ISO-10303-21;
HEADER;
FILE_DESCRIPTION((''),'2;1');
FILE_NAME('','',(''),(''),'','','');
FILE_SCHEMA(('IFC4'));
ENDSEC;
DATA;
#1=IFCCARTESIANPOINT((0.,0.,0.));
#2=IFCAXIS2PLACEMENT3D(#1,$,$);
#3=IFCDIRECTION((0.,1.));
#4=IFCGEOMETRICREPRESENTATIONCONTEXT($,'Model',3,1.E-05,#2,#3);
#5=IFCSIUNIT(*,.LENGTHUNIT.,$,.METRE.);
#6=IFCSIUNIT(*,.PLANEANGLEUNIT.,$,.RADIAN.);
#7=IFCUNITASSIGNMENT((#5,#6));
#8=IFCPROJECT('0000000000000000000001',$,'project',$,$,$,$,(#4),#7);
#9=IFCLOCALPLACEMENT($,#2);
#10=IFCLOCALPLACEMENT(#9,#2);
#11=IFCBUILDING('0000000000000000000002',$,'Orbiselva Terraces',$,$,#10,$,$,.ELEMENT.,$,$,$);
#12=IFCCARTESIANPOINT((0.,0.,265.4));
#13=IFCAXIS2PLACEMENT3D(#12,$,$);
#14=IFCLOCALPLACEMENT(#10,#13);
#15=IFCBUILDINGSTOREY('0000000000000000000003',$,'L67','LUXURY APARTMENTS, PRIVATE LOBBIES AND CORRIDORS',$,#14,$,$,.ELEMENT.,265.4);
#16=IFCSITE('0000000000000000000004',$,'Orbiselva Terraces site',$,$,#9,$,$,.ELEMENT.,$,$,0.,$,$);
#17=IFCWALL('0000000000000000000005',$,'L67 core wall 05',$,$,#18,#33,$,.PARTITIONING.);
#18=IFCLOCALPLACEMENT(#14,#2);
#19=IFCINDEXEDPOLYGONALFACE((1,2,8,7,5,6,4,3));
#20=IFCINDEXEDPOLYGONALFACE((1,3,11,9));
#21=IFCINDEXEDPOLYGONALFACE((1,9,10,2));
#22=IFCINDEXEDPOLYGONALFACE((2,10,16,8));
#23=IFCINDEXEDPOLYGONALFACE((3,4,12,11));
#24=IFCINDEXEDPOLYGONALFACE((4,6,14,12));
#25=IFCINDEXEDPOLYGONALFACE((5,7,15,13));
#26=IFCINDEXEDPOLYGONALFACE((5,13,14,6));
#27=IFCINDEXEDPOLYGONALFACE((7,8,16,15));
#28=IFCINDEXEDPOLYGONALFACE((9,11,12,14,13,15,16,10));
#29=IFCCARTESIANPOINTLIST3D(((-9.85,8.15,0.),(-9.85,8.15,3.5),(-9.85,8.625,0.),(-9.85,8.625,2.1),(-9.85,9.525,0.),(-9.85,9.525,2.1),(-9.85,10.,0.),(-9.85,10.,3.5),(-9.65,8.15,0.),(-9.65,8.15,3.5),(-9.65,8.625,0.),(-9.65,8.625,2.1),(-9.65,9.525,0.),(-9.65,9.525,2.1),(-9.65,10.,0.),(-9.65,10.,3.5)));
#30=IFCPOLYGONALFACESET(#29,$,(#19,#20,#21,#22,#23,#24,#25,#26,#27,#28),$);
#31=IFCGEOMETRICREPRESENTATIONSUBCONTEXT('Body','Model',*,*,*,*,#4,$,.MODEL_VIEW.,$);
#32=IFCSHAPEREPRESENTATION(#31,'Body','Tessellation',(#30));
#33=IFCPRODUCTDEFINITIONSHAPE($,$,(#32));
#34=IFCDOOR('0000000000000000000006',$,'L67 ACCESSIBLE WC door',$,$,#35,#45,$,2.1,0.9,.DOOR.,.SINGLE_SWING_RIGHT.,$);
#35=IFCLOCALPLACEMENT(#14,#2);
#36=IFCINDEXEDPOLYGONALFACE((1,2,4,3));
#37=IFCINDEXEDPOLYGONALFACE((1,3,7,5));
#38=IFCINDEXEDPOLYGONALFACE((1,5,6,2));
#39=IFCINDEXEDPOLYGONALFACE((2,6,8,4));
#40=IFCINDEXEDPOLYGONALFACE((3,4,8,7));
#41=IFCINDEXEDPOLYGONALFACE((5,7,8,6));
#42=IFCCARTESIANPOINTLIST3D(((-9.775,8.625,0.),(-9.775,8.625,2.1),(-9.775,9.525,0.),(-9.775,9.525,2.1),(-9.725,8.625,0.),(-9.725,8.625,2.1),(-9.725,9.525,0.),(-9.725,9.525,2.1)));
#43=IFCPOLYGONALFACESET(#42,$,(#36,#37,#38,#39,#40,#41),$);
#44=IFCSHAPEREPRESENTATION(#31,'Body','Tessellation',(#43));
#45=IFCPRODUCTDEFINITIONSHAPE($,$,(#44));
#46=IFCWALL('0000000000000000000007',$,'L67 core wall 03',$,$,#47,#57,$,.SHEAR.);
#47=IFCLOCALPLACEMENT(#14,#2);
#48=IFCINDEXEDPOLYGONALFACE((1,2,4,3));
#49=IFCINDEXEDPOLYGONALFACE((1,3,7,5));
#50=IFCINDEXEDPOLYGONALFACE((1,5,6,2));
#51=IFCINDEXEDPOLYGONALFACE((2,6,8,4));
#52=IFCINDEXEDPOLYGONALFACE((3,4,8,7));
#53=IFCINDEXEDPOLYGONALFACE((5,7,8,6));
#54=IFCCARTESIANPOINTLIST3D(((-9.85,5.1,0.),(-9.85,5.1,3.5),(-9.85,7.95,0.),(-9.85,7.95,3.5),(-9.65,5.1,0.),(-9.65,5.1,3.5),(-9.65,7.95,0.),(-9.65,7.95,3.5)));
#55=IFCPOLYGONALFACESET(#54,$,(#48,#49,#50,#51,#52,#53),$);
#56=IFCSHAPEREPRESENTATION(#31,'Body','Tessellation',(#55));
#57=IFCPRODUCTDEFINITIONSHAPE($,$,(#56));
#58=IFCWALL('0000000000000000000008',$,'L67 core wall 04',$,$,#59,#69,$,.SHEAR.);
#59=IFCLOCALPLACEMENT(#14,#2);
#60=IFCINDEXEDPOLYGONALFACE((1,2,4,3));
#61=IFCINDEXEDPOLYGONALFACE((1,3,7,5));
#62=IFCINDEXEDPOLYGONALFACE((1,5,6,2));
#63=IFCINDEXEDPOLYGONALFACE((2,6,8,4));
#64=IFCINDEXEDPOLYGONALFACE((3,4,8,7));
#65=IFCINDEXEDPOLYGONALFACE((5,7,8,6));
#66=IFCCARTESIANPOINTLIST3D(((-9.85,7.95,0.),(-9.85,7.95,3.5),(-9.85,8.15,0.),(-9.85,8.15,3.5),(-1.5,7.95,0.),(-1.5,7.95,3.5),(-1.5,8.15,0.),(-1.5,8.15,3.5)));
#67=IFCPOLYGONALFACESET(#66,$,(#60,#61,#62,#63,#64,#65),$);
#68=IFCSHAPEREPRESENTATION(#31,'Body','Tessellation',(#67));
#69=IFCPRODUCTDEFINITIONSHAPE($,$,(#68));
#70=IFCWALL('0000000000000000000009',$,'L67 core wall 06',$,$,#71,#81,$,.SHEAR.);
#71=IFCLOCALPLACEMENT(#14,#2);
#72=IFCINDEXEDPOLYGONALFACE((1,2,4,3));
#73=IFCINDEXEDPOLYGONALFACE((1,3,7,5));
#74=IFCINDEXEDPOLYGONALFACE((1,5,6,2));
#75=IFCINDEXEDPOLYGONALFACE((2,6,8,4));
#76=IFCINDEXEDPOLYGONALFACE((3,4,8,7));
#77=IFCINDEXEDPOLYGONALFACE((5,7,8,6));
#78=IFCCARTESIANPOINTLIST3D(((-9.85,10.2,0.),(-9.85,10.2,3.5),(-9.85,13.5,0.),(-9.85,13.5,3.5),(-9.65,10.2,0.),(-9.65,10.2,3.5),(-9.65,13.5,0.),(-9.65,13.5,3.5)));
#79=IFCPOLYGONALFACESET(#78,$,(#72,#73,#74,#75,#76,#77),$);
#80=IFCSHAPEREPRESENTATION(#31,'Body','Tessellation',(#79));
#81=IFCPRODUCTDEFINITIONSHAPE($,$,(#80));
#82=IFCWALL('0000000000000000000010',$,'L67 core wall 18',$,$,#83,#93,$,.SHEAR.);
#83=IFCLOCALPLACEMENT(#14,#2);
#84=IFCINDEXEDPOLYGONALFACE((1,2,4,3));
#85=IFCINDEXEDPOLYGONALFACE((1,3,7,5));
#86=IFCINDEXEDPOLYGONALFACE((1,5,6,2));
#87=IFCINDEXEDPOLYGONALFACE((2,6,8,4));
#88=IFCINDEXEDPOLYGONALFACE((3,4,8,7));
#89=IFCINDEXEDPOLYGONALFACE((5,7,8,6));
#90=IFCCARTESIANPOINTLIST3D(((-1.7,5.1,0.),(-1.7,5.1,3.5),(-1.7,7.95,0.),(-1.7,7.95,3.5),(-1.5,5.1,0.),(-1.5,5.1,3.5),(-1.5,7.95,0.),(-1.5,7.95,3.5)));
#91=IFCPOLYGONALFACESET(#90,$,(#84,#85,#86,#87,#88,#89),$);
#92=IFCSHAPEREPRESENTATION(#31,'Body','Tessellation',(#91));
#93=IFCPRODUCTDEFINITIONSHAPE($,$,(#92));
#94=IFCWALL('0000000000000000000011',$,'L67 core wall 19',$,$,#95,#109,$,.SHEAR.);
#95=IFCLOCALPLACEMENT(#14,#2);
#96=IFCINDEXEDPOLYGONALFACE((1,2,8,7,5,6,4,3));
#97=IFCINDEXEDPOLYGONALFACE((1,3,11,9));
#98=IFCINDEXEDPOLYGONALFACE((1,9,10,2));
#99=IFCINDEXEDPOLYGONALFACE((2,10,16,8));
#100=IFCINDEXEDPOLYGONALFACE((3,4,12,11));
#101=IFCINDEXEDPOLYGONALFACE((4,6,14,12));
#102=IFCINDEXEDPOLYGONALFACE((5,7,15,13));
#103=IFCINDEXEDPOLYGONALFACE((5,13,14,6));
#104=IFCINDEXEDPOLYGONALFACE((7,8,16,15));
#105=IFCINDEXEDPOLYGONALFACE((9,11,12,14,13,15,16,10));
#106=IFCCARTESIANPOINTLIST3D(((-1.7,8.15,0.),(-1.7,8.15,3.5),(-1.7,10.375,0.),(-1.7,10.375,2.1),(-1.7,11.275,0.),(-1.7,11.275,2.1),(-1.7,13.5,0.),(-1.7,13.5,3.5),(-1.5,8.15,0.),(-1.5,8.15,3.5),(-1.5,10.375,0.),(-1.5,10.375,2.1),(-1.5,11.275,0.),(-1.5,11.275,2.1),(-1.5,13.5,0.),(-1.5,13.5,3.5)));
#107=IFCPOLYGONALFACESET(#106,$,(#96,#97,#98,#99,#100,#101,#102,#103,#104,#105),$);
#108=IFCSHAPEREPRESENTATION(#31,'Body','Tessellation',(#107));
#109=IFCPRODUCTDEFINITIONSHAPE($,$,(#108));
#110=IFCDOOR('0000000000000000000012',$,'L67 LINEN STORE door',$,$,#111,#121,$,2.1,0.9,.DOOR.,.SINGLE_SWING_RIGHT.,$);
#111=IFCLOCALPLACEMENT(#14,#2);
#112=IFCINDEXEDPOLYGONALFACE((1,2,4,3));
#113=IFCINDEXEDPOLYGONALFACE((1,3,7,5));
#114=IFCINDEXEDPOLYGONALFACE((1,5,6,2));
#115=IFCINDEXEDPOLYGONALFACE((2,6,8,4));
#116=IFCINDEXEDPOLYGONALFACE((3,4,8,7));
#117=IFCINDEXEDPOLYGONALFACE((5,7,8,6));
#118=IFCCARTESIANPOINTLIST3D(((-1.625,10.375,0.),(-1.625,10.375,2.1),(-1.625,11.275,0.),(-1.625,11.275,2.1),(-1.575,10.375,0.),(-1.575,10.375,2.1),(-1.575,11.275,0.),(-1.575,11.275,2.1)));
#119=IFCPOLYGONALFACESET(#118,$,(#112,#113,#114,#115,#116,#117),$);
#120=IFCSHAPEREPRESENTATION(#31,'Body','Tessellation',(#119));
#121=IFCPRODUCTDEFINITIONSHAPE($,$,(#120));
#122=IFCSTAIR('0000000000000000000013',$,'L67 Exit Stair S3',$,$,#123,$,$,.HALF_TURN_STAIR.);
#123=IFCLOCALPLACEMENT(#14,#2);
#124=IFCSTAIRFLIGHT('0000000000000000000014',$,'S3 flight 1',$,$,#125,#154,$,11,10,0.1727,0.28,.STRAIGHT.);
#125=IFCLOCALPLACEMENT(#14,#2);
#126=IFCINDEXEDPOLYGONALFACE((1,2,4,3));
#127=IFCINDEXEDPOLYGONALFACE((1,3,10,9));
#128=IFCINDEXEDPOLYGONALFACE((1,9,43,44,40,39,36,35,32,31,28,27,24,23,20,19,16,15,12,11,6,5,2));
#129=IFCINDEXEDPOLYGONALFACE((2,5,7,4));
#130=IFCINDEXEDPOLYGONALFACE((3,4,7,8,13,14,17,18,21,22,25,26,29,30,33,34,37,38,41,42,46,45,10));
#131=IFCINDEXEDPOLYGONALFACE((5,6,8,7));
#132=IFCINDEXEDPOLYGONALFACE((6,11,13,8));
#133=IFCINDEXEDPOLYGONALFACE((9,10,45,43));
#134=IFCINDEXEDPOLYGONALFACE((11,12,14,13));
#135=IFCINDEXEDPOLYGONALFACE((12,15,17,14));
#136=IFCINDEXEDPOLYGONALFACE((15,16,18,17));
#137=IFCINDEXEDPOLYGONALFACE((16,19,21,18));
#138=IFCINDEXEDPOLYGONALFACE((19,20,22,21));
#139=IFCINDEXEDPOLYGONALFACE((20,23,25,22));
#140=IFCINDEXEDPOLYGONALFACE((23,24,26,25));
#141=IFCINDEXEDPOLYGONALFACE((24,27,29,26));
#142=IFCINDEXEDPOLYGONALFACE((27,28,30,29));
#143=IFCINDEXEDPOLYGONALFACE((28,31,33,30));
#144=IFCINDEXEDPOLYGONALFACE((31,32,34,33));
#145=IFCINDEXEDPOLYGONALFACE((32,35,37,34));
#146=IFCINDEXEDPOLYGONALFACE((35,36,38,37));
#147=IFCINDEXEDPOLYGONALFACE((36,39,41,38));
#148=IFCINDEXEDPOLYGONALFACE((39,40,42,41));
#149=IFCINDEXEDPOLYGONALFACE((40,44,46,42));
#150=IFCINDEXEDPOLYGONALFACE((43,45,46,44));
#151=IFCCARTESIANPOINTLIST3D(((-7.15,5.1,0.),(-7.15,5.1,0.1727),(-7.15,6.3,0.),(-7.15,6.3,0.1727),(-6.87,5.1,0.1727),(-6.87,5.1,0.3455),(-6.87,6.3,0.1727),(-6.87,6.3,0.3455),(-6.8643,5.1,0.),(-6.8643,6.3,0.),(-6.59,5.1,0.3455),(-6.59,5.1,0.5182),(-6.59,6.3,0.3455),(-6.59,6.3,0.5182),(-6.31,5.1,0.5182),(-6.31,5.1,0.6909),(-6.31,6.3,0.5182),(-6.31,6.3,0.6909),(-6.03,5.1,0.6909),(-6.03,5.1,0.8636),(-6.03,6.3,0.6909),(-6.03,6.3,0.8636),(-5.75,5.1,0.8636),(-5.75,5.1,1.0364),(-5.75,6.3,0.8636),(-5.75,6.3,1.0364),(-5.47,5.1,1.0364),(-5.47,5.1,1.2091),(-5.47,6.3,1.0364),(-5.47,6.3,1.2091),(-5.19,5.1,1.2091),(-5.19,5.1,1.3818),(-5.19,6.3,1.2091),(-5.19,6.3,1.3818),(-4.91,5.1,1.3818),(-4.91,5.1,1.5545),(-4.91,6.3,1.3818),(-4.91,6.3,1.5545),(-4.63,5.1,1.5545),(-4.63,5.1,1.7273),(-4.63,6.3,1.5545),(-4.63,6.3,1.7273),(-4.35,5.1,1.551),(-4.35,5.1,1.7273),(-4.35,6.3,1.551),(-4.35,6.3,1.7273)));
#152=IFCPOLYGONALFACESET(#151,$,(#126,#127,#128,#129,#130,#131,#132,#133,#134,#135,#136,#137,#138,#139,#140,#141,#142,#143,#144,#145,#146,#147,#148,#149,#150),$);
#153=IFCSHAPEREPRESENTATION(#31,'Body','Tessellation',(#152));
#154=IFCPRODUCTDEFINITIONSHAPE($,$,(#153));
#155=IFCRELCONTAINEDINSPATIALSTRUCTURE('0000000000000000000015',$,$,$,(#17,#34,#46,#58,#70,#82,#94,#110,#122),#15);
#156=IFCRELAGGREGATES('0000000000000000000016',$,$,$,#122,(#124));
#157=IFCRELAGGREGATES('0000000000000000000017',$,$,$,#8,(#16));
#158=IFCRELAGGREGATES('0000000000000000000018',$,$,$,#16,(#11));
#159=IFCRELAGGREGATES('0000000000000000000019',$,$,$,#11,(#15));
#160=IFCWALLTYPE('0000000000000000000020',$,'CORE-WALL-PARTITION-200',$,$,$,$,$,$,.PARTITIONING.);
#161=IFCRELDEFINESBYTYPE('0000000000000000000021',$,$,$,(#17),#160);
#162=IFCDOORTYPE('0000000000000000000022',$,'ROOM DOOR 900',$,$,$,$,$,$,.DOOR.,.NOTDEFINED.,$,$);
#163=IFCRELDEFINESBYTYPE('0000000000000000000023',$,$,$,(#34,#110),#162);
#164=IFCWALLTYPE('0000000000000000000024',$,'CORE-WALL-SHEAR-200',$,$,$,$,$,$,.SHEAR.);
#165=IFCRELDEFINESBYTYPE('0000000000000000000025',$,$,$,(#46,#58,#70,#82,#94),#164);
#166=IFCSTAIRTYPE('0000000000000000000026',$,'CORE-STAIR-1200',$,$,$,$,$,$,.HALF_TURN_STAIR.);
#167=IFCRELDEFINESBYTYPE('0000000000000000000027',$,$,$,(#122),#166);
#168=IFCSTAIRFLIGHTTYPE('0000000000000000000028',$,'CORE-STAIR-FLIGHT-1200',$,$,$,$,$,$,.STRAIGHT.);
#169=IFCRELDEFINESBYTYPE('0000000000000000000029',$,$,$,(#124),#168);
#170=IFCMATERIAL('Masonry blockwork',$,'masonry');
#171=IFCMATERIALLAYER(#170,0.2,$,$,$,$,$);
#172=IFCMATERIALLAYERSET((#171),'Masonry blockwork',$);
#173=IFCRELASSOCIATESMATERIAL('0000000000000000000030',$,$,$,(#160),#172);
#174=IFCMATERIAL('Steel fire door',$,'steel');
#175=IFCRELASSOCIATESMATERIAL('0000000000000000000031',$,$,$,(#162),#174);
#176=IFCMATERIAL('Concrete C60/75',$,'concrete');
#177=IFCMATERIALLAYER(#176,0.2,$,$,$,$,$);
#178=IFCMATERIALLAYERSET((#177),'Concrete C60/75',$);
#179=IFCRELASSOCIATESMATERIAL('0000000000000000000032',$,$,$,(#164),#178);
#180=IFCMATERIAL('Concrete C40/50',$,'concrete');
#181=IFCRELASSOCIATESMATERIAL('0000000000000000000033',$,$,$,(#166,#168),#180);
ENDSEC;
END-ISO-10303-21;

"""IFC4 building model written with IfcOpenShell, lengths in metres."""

from ifc_helpers import new_model, si_unit, direction, frame, frame_2d, origin, place, context, subcontext, project, spatial, polyline, rectangle, outline, extrude, material, layer, layer_set, type_object, element, fill, aggregate, save


model = new_model("IFC4")

# Units and contexts
model_context = context("Model", 3, precision=1e-05, world=origin(), true_north=direction((0.0, 1.0)))
body_context = subcontext(model_context, "Body", "Model", "MODEL_VIEW")
ifc_project = project(units=[si_unit("LENGTHUNIT", "METRE"), si_unit("PLANEANGLEUNIT", "RADIAN")], contexts=[model_context])

# Site, building, storey
site_placement = place(None, origin())
site = spatial("IfcSite", under=ifc_project, at=site_placement, Name="Orbiselva Terraces site", CompositionType="ELEMENT", RefElevation=0.0)
building_placement = place(site_placement, origin())
building = spatial("IfcBuilding", under=site, at=building_placement, Name="Orbiselva Terraces", CompositionType="ELEMENT")
storey_placement = place(building_placement, frame((0.0, 0.0, 265.4)))
storey = spatial("IfcBuildingStorey", under=building, at=storey_placement, Name="L67", Description="LUXURY APARTMENTS, PRIVATE LOBBIES AND CORRIDORS", CompositionType="ELEMENT", Elevation=265.4)

# Wall, opening, door
ifc_material_1 = material(Name="Masonry blockwork", Category="masonry")
ifc_layer_1 = layer(ifc_material_1, 0.2)
ifc_layer_set_1 = layer_set([ifc_layer_1], Name="Masonry blockwork")
wall_type_1 = type_object("IfcWallType", Name="CORE-WALL-PARTITION-200", PredefinedType="PARTITIONING", material=ifc_layer_set_1)
wall_1_placement = place(storey_placement, frame((-9.75, 8.15, 0.0), z_axis=(0.0, 0.0, 1.0), x_axis=(0.0, 1.0, 0.0)))
wall_1 = element("IfcWall", 1, at=wall_1_placement, inside=storey, type_object=wall_type_1, Name="L67 core wall 05", PredefinedType="PARTITIONING", context=body_context, shape_type="SweptSolid", body=[
    extrude(rectangle(XDim=1.85, YDim=0.2, at=frame_2d((0.925, 0.0))), origin(), (0.0, 0.0, 1.0), 3.5),
])
opening_1_placement = place(wall_1_placement, frame((0.475, 0.0, 0.0)))
opening_1 = element("IfcOpeningElement", 2, at=opening_1_placement, cuts=wall_1, PredefinedType="OPENING", context=body_context, shape_type="SweptSolid", body=[
    extrude(rectangle(XDim=0.9, YDim=2.1, at=frame_2d((0.45, 1.05))), frame((0.0, 0.11, 0.0), z_axis=(0.0, -1.0, 0.0), x_axis=(1.0, 0.0, 0.0)), (0.0, 0.0, 1.0), 0.22),
])
ifc_material_2 = material(Name="Steel fire door", Category="steel")
door_type = type_object("IfcDoorType", Name="ROOM DOOR 900", OperationType="NOTDEFINED", PredefinedType="DOOR", material=ifc_material_2)
door_1_placement = place(opening_1_placement, origin())
door_1 = element("IfcDoor", 3, at=door_1_placement, inside=storey, type_object=door_type, Name="L67 ACCESSIBLE WC door", OperationType="SINGLE_SWING_RIGHT", OverallHeight=2.1, OverallWidth=0.9, PredefinedType="DOOR", context=body_context, shape_type="SweptSolid", body=[
    extrude(rectangle(XDim=0.9, YDim=2.1, at=frame_2d((0.45, 1.05))), frame((0.0, 0.025, 0.0), z_axis=(0.0, -1.0, 0.0), x_axis=(1.0, 0.0, 0.0)), (0.0, 0.0, 1.0), 0.05),
])
fill(opening_1, door_1)

# Walls
ifc_material_3 = material(Name="Concrete C60/75", Category="concrete")
ifc_layer_2 = layer(ifc_material_3, 0.2)
ifc_layer_set_2 = layer_set([ifc_layer_2], Name="Concrete C60/75")
wall_type_2 = type_object("IfcWallType", Name="CORE-WALL-SHEAR-200", PredefinedType="SHEAR", material=ifc_layer_set_2)
wall_2_placement = place(storey_placement, frame((-9.75, 5.1, 0.0), z_axis=(0.0, 0.0, 1.0), x_axis=(0.0, 1.0, 0.0)))
element("IfcWall", 4, at=wall_2_placement, inside=storey, type_object=wall_type_2, Name="L67 core wall 03", PredefinedType="SHEAR", context=body_context, shape_type="SweptSolid", body=[
    extrude(rectangle(XDim=2.85, YDim=0.2, at=frame_2d((1.425, 0.0))), origin(), (0.0, 0.0, 1.0), 3.5),
])
wall_3_placement = place(storey_placement, frame((-9.85, 8.05, 0.0), z_axis=(0.0, 0.0, 1.0), x_axis=(1.0, 0.0, 0.0)))
element("IfcWall", 5, at=wall_3_placement, inside=storey, type_object=wall_type_2, Name="L67 core wall 04", PredefinedType="SHEAR", context=body_context, shape_type="SweptSolid", body=[
    extrude(rectangle(XDim=8.35, YDim=0.2, at=frame_2d((4.175, 0.0))), origin(), (0.0, 0.0, 1.0), 3.5),
])
wall_4_placement = place(storey_placement, frame((-9.75, 10.2, 0.0), z_axis=(0.0, 0.0, 1.0), x_axis=(0.0, 1.0, 0.0)))
element("IfcWall", 6, at=wall_4_placement, inside=storey, type_object=wall_type_2, Name="L67 core wall 06", PredefinedType="SHEAR", context=body_context, shape_type="SweptSolid", body=[
    extrude(rectangle(XDim=3.3, YDim=0.2, at=frame_2d((1.65, 0.0))), origin(), (0.0, 0.0, 1.0), 3.5),
])
wall_5_placement = place(storey_placement, frame((-1.6, 5.1, 0.0), z_axis=(0.0, 0.0, 1.0), x_axis=(0.0, 1.0, 0.0)))
element("IfcWall", 7, at=wall_5_placement, inside=storey, type_object=wall_type_2, Name="L67 core wall 18", PredefinedType="SHEAR", context=body_context, shape_type="SweptSolid", body=[
    extrude(rectangle(XDim=2.85, YDim=0.2, at=frame_2d((1.425, 0.0))), origin(), (0.0, 0.0, 1.0), 3.5),
])

# Wall, opening, door
wall_6_placement = place(storey_placement, frame((-1.6, 8.15, 0.0), z_axis=(0.0, 0.0, 1.0), x_axis=(0.0, 1.0, 0.0)))
wall_6 = element("IfcWall", 8, at=wall_6_placement, inside=storey, type_object=wall_type_2, Name="L67 core wall 19", PredefinedType="SHEAR", context=body_context, shape_type="SweptSolid", body=[
    extrude(rectangle(XDim=5.35, YDim=0.2, at=frame_2d((2.675, 0.0))), origin(), (0.0, 0.0, 1.0), 3.5),
])
opening_2_placement = place(wall_6_placement, frame((2.225, 0.0, 0.0)))
opening_2 = element("IfcOpeningElement", 9, at=opening_2_placement, cuts=wall_6, PredefinedType="OPENING", context=body_context, shape_type="SweptSolid", body=[
    extrude(rectangle(XDim=0.9, YDim=2.1, at=frame_2d((0.45, 1.05))), frame((0.0, 0.11, 0.0), z_axis=(0.0, -1.0, 0.0), x_axis=(1.0, 0.0, 0.0)), (0.0, 0.0, 1.0), 0.22),
])
door_2_placement = place(opening_2_placement, origin())
door_2 = element("IfcDoor", 10, at=door_2_placement, inside=storey, type_object=door_type, Name="L67 LINEN STORE door", OperationType="SINGLE_SWING_RIGHT", OverallHeight=2.1, OverallWidth=0.9, PredefinedType="DOOR", context=body_context, shape_type="SweptSolid", body=[
    extrude(rectangle(XDim=0.9, YDim=2.1, at=frame_2d((0.45, 1.05))), frame((0.0, 0.025, 0.0), z_axis=(0.0, -1.0, 0.0), x_axis=(1.0, 0.0, 0.0)), (0.0, 0.0, 1.0), 0.05),
])
fill(opening_2, door_2)

# Stair, stair flight
ifc_material_4 = material(Name="Concrete C40/50", Category="concrete")
stair_type = type_object("IfcStairType", Name="CORE-STAIR-1200", PredefinedType="HALF_TURN_STAIR", material=ifc_material_4)
stair_placement = place(storey_placement, origin())
stair = element("IfcStair", 11, at=stair_placement, inside=storey, type_object=stair_type, Name="L67 Exit Stair S3", PredefinedType="HALF_TURN_STAIR")
stair_flight_type = type_object("IfcStairFlightType", Name="CORE-STAIR-FLIGHT-1200", PredefinedType="STRAIGHT", material=ifc_material_4)
stair_flight_1_placement = place(storey_placement, frame((-7.15, 5.7, 0.0), z_axis=(0.0, 0.0, 1.0), x_axis=(1.0, 0.0, 0.0)))
stair_flight_1 = element("IfcStairFlight", 12, at=stair_flight_1_placement, type_object=stair_flight_type, Name="S3 flight 1", NumberOfRisers=11, NumberOfTreads=10, PredefinedType="STRAIGHT", RiserHeight=0.1727, TreadLength=0.28, context=body_context, shape_type="SweptSolid", body=[
    extrude(outline(polyline([(0.0, 0.0), (0.0, 0.1727), (0.28, 0.1727), (0.28, 0.3455), (0.56, 0.3455), (0.56, 0.5182), (0.84, 0.5182), (0.84, 0.6909), (1.12, 0.6909), (1.12, 0.8636), (1.4, 0.8636), (1.4, 1.0364), (1.68, 1.0364), (1.68, 1.2091), (1.96, 1.2091), (1.96, 1.3818), (2.24, 1.3818), (2.24, 1.5545), (2.52, 1.5545), (2.52, 1.7273), (2.8, 1.7273), (2.8, 1.9), (2.8, 1.551), (0.2857, 0.0), (0.0, 0.0)])), frame((0.0, 0.6, 0.0), z_axis=(0.0, -1.0, 0.0), x_axis=(1.0, 0.0, 0.0)), (0.0, 0.0, 1.0), 1.2),
])
aggregate(stair, [stair_flight_1])

save(model, "model.ifc")
